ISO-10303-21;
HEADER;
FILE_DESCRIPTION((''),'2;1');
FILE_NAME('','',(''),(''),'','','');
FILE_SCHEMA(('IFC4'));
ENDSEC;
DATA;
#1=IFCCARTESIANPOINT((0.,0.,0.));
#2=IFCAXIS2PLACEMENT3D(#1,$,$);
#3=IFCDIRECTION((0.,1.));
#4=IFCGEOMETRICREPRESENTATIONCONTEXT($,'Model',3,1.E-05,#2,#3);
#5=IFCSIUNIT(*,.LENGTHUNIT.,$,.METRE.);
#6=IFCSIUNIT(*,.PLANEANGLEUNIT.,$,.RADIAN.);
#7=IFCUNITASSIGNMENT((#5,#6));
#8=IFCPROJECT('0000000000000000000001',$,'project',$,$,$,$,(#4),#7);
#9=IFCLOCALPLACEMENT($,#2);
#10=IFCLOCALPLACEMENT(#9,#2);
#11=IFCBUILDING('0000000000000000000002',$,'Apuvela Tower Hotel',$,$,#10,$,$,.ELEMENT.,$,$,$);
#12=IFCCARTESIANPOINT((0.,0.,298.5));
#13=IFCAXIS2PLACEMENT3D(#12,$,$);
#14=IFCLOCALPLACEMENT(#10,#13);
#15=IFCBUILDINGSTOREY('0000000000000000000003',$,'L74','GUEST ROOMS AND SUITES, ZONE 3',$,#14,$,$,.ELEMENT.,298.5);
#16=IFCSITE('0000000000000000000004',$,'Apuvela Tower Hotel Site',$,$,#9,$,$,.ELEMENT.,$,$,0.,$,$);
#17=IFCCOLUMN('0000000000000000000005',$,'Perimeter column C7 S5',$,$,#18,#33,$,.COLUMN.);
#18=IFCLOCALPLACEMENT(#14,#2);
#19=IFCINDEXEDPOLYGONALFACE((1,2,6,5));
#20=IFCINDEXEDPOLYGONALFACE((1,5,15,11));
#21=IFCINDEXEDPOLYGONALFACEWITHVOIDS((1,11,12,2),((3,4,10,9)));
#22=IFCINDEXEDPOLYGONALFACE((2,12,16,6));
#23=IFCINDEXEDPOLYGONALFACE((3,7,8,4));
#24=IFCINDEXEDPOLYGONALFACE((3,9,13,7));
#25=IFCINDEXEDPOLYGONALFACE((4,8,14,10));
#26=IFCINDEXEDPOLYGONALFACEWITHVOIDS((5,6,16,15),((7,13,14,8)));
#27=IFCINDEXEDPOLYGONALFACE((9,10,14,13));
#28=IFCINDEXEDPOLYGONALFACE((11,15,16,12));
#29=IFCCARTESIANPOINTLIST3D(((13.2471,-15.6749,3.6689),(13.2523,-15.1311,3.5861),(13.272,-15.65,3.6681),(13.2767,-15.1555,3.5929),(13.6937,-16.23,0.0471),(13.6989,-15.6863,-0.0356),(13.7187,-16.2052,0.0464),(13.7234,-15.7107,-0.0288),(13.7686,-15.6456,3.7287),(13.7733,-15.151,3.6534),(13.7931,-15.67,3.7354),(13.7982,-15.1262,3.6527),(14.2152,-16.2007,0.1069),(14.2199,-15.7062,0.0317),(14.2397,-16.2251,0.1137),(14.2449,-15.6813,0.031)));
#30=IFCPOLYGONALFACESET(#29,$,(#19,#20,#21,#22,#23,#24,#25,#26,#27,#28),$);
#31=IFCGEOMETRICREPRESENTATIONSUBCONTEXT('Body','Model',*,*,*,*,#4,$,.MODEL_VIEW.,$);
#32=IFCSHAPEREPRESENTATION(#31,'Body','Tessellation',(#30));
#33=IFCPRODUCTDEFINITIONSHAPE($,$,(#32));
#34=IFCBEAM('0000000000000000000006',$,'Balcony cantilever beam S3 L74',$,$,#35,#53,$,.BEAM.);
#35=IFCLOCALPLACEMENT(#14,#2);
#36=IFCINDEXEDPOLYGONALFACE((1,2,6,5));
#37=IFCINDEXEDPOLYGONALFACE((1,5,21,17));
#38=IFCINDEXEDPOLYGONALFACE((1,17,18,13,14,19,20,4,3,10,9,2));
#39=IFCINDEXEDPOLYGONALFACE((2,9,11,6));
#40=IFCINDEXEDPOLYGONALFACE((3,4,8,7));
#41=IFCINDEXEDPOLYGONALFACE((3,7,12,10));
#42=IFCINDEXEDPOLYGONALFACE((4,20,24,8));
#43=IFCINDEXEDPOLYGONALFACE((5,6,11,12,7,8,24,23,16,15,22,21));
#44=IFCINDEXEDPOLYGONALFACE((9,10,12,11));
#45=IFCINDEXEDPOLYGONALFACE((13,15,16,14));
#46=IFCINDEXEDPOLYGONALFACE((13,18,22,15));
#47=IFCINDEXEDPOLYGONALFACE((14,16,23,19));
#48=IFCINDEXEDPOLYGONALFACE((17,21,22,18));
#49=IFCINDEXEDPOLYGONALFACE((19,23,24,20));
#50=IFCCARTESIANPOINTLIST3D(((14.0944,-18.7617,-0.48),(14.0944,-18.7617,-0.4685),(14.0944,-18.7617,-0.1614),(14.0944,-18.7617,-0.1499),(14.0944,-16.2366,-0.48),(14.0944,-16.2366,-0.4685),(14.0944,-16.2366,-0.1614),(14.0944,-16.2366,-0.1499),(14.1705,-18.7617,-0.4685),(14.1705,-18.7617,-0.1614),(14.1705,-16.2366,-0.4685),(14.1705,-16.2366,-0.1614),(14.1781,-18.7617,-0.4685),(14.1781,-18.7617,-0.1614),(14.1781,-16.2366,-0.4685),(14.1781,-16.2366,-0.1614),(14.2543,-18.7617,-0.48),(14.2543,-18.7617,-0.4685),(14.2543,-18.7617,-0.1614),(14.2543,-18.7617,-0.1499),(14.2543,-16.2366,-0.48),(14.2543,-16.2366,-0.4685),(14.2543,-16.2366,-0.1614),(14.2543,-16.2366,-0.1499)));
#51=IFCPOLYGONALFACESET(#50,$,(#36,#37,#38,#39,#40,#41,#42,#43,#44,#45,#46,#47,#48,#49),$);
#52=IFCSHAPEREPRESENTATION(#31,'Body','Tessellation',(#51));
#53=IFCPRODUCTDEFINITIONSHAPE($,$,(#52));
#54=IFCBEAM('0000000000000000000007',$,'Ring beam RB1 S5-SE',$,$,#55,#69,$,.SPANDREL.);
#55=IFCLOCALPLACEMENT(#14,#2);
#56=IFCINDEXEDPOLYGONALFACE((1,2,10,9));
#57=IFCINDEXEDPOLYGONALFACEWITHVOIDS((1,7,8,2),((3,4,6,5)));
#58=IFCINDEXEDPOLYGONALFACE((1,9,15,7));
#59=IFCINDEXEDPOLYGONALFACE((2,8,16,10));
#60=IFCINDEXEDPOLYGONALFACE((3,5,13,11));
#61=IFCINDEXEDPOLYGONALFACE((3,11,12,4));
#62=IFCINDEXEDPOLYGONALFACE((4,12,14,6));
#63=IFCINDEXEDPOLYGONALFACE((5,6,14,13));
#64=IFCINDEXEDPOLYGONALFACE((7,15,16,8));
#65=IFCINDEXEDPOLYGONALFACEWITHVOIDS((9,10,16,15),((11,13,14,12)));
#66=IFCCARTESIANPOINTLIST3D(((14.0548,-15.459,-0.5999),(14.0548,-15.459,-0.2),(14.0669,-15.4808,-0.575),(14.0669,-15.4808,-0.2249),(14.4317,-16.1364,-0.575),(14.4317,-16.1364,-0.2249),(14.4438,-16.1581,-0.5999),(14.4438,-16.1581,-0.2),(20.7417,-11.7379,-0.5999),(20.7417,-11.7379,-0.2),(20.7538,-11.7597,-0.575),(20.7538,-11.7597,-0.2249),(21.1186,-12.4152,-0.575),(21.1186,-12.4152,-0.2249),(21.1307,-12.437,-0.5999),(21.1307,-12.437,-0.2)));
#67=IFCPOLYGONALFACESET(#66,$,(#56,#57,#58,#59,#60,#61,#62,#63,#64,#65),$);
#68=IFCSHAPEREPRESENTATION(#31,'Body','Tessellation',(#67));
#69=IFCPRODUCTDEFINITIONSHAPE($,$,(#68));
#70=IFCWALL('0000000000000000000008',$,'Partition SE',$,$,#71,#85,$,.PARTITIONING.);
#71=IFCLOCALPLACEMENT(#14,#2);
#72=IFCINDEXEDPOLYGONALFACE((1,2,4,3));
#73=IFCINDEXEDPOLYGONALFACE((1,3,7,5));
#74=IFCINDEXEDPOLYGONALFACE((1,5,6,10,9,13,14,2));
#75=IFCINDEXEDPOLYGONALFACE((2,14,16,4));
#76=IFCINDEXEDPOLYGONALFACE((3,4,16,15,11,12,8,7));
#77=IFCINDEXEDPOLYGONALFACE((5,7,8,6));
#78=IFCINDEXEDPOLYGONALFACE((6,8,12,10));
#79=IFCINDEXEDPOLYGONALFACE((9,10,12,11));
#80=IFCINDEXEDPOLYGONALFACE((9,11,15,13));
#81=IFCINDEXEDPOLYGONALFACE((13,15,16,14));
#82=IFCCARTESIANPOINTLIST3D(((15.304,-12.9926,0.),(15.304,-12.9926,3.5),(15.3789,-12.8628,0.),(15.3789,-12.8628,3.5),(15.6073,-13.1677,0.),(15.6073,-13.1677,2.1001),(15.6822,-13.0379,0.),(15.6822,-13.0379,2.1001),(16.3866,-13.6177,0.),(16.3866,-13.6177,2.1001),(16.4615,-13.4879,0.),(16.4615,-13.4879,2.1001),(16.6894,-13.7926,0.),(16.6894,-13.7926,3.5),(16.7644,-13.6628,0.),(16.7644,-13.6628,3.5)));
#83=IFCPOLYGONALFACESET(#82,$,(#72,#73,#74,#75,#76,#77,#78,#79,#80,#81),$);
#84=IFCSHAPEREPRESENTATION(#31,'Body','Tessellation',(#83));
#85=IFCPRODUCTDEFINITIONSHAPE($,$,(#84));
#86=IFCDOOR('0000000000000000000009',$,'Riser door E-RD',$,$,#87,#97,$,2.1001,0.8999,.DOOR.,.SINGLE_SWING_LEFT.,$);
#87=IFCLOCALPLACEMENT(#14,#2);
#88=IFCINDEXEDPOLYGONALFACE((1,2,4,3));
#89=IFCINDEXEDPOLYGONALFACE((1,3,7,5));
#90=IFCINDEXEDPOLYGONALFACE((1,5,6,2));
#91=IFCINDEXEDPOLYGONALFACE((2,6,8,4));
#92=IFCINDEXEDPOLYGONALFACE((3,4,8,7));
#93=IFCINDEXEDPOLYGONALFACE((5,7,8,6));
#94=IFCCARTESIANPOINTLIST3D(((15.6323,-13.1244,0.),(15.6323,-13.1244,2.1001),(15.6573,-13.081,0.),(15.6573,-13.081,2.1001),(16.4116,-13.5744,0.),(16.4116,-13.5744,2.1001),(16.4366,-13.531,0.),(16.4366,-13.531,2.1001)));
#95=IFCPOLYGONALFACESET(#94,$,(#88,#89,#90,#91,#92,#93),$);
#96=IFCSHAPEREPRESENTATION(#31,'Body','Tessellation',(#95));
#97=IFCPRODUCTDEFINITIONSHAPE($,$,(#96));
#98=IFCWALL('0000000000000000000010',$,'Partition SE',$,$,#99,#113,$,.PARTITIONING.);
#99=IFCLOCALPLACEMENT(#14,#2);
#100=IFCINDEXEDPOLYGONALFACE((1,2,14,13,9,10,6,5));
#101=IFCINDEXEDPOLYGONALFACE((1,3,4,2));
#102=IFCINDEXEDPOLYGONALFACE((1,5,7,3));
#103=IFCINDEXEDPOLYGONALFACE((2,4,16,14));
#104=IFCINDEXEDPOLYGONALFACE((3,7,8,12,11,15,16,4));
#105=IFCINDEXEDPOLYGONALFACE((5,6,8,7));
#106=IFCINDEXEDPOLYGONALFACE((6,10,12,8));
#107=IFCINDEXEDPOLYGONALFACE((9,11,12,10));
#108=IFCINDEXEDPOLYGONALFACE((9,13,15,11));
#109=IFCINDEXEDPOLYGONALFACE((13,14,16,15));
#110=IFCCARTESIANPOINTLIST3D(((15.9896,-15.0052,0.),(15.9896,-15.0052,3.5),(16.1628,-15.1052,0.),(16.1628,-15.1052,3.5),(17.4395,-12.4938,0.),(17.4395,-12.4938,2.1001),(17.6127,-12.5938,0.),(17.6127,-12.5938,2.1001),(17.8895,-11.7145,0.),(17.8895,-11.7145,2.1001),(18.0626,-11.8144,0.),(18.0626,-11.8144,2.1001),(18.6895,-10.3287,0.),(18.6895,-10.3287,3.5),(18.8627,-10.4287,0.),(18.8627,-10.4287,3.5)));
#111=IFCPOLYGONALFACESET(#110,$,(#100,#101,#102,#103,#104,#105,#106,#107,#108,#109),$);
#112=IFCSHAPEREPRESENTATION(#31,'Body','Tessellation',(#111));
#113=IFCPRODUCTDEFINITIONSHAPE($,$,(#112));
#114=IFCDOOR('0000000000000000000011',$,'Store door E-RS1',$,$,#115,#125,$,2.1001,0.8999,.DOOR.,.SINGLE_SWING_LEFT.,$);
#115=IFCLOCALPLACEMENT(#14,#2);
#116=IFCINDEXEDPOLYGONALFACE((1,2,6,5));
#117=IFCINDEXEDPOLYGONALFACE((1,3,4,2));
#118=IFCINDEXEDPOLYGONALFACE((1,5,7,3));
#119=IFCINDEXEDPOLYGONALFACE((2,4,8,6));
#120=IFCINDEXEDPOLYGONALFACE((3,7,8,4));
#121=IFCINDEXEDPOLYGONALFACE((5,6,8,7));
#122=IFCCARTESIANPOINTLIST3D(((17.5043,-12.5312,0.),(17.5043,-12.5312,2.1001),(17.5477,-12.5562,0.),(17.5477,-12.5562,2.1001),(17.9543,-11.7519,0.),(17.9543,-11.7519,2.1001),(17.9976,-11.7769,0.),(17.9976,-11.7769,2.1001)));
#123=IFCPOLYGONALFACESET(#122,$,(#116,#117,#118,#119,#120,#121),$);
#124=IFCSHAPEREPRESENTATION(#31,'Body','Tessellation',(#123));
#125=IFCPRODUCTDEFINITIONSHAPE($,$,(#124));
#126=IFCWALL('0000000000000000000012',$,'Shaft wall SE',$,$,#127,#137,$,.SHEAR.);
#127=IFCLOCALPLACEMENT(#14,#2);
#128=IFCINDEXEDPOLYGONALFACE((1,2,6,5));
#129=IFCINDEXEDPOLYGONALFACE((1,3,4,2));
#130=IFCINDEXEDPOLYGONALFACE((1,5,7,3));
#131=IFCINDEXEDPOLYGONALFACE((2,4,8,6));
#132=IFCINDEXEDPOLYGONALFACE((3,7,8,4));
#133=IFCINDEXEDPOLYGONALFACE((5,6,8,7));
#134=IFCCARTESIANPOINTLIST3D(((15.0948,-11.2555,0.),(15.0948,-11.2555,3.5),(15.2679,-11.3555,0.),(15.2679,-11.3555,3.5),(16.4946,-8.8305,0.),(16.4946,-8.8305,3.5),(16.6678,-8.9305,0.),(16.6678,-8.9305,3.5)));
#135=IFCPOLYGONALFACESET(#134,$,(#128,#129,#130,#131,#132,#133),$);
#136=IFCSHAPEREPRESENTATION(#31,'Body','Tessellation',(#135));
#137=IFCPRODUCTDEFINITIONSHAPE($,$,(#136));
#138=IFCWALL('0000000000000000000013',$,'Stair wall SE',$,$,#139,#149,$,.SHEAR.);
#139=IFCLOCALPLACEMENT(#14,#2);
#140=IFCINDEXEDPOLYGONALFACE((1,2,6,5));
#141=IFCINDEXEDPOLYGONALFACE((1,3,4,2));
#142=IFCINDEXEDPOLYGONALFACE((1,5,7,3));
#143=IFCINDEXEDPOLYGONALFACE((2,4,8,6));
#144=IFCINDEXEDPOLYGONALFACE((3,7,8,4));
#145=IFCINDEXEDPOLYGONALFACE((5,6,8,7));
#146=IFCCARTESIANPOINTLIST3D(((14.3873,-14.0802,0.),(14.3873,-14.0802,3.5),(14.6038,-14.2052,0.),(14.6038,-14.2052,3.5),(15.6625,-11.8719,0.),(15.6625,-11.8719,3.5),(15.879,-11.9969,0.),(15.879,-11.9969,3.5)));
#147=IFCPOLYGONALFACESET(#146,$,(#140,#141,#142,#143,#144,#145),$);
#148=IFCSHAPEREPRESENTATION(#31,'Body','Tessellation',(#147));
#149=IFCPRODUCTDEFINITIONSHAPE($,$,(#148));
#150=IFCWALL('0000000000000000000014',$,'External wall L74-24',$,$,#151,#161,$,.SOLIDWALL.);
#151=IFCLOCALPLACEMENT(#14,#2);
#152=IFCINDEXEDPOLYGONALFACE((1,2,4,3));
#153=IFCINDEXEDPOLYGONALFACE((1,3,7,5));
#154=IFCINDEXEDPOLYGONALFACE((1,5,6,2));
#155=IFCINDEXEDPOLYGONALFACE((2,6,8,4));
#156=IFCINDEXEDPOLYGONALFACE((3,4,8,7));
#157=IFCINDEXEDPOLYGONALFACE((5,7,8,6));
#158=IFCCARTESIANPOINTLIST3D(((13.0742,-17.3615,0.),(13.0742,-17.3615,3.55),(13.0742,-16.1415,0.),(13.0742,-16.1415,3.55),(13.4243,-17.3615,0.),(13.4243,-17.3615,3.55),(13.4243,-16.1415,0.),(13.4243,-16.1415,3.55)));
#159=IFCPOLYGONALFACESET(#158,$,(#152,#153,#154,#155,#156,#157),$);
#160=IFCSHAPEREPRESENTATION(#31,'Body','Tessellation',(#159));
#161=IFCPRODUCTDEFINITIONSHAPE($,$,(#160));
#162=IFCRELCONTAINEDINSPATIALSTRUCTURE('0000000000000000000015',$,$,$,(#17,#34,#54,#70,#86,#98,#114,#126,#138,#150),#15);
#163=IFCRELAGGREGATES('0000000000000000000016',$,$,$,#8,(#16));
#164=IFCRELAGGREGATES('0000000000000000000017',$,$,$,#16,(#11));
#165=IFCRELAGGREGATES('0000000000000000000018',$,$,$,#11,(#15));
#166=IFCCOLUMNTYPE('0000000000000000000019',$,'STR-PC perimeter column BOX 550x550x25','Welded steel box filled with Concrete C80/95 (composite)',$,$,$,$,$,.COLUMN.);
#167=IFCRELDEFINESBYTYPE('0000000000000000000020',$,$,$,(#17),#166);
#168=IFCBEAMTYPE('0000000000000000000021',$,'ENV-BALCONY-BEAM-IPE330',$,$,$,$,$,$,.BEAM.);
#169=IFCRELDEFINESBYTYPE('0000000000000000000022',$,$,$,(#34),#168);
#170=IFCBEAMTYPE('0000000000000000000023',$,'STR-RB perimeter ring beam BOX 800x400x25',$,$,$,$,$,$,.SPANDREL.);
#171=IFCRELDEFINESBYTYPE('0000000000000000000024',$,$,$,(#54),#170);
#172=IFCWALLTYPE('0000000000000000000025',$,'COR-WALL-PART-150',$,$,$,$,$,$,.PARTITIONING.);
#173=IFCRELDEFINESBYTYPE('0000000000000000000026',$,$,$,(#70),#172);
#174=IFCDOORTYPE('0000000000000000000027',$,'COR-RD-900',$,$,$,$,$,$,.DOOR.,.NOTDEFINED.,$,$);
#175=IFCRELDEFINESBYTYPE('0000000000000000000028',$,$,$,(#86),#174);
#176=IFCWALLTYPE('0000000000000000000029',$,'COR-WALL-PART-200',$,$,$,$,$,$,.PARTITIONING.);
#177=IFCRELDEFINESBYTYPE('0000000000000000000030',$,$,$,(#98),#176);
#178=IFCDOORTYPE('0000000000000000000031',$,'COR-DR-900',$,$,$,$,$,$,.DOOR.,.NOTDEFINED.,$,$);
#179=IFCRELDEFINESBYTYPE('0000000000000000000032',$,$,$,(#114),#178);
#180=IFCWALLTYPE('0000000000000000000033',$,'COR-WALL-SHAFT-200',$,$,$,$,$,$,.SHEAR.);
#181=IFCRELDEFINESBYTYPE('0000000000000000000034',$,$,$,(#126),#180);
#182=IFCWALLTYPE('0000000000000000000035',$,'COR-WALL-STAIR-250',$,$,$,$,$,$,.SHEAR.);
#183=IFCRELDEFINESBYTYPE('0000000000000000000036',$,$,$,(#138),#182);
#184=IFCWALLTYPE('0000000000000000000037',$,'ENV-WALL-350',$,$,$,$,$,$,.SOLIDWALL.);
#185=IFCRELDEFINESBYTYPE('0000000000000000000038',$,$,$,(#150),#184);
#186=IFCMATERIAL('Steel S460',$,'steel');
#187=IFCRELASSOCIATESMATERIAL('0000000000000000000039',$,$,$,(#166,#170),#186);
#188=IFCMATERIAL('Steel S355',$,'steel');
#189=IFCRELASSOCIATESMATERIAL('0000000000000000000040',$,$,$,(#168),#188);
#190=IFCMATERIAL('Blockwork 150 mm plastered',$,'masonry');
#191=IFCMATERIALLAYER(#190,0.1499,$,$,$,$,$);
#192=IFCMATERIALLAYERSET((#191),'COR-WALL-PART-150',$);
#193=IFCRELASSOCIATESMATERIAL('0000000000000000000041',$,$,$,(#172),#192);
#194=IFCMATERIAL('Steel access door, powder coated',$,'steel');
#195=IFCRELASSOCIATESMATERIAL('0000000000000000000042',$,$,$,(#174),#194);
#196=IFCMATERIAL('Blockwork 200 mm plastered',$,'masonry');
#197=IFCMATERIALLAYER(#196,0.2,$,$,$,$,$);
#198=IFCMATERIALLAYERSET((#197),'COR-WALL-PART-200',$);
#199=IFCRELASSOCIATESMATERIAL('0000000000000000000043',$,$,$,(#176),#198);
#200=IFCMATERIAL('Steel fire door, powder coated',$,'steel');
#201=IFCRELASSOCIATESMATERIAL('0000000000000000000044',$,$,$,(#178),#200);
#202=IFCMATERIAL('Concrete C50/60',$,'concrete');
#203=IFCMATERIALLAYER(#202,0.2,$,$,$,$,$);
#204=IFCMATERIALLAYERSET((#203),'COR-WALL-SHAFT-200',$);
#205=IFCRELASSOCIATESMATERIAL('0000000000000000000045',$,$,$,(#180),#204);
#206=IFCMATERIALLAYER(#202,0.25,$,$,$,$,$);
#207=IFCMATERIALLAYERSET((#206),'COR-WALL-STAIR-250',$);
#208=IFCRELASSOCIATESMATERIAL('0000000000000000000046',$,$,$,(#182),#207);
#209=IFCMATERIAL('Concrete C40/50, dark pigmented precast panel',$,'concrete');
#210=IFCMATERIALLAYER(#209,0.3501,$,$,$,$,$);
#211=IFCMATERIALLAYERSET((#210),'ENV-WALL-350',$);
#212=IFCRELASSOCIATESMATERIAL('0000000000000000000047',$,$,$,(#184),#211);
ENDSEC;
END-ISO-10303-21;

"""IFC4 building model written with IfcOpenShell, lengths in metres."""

from ifc_helpers import new_model, si_unit, direction, frame, frame_2d, origin, origin_2d, place, context, subcontext, project, spatial, rectangle, hollow_rectangle, i_section, extrude, boolean, halfspace, material, layer, layer_set, material_profile, profile_set, type_object, element, fill, save


model = new_model("IFC4")

# Units and contexts
model_context = context("Model", 3, precision=1e-05, world=origin(), true_north=direction((0.0, 1.0)))
body_context = subcontext(model_context, "Body", "Model", "MODEL_VIEW")
ifc_project = project(units=[si_unit("LENGTHUNIT", "METRE"), si_unit("PLANEANGLEUNIT", "RADIAN")], contexts=[model_context])

# Site, building, storey
site_placement = place(None, origin())
site = spatial("IfcSite", under=ifc_project, at=site_placement, Name="Apuvela Tower Hotel Site", CompositionType="ELEMENT", RefElevation=0.0)
building_placement = place(site_placement, origin())
building = spatial("IfcBuilding", under=site, at=building_placement, Name="Apuvela Tower Hotel", CompositionType="ELEMENT")
storey_placement = place(building_placement, frame((0.0, 0.0, 298.5)))
storey = spatial("IfcBuildingStorey", under=building, at=storey_placement, Name="L74", Description="GUEST ROOMS AND SUITES, ZONE 3", CompositionType="ELEMENT", Elevation=298.5)

# Column
ifc_material_1 = material(Name="Steel S460", Category="steel")
ifc_material_2 = material(Name="Concrete C80/95", Category="concrete")
ifc_material_profile_1 = material_profile(ifc_material_1, hollow_rectangle(XDim=0.55, YDim=0.55, WallThickness=0.0249, at=origin_2d()), Name="BOX 550x550x25")
ifc_material_profile_2 = material_profile(ifc_material_2, rectangle(XDim=0.5, YDim=0.5, at=origin_2d()), Name="Concrete C80/95 infill")
ifc_profile_set_1 = profile_set([ifc_material_profile_1, ifc_material_profile_2], Name="Steel S460")
column_type_1 = type_object("IfcColumnType", Name="STR-PC perimeter column BOX 550x550x25", Description="Welded steel box filled with Concrete C80/95 (composite)", PredefinedType="COLUMN", material=ifc_profile_set_1)
column_1_placement = place(storey_placement, frame((13.9741, -15.9617, 0.0), z_axis=(-0.121006, 0.1504, 0.981192), x_axis=(0.992607, 0.00896, 0.121041)))
element("IfcColumn", 1, at=column_1_placement, inside=storey, type_object=column_type_1, Name="Perimeter column C7 S5", PredefinedType="COLUMN", context=body_context, shape_type="SweptSolid", body=[
    boolean("DIFFERENCE", boolean("DIFFERENCE", extrude(hollow_rectangle(XDim=0.55, YDim=0.55, WallThickness=0.0249, at=origin_2d()), origin(), (0.0, 0.0, 1.0), 3.771), halfspace(frame((0.0, 0.0, 0.0398), z_axis=(0.0, 0.0, 1.0), x_axis=(1.0, 0.0, 0.0)), True)), halfspace(frame((0.0, 0.0, 3.731), z_axis=(0.0, 0.0, 1.0), x_axis=(1.0, 0.0, 0.0)), False)),
])

# Beams
ifc_material_3 = material(Name="Steel S355", Category="steel")
ifc_material_profile_3 = material_profile(ifc_material_3, i_section(OverallWidth=0.1599, OverallDepth=0.3301, WebThickness=0.0076, FlangeThickness=0.0115, at=origin_2d()), Name="IPE 330")
ifc_profile_set_2 = profile_set([ifc_material_profile_3], Name="Steel S355")
beam_type_1 = type_object("IfcBeamType", Name="ENV-BALCONY-BEAM-IPE330", PredefinedType="BEAM", material=ifc_profile_set_2)
beam_1_placement = place(storey_placement, frame((14.1743, -16.2366, -0.3149), z_axis=(0.0, -1.0, 0.0), x_axis=(1.0, 0.0, 0.0)))
element("IfcBeam", 2, at=beam_1_placement, inside=storey, type_object=beam_type_1, Name="Balcony cantilever beam S3 L74", PredefinedType="BEAM", context=body_context, shape_type="SweptSolid", body=[
    extrude(i_section(OverallWidth=0.1599, OverallDepth=0.3301, WebThickness=0.0076, FlangeThickness=0.0115, at=origin_2d()), origin(), (0.0, 0.0, 1.0), 2.5251),
])
ifc_material_profile_4 = material_profile(ifc_material_1, hollow_rectangle(XDim=0.8, YDim=0.3999, WallThickness=0.0249, at=origin_2d()), Name="BOX 800x400x25")
ifc_profile_set_3 = profile_set([ifc_material_profile_4], Name="Steel S460")
beam_type_2 = type_object("IfcBeamType", Name="STR-RB perimeter ring beam BOX 800x400x25", PredefinedType="SPANDREL", material=ifc_profile_set_3)
beam_2_placement = place(storey_placement, frame((14.2493, -15.8086, -0.3999), z_axis=(0.873814, 0.48626, 0.0), x_axis=(-0.48626, 0.873814, 0.0)))
element("IfcBeam", 3, at=beam_2_placement, inside=storey, type_object=beam_type_2, Name="Ring beam RB1 S5-SE", PredefinedType="SPANDREL", context=body_context, shape_type="SweptSolid", body=[
    extrude(hollow_rectangle(XDim=0.8, YDim=0.3999, WallThickness=0.0249, at=origin_2d()), origin(), (0.0, 0.0, 1.0), 7.6526),
])

# Walls, openings, doors
ifc_material_4 = material(Name="Blockwork 150 mm plastered", Category="masonry")
ifc_layer_1 = layer(ifc_material_4, 0.1499)
ifc_layer_set_1 = layer_set([ifc_layer_1], Name="COR-WALL-PART-150")
wall_type_1 = type_object("IfcWallType", Name="COR-WALL-PART-150", PredefinedType="PARTITIONING", material=ifc_layer_set_1)
wall_1_placement = place(storey_placement, frame((15.3416, -12.9277, 0.0), z_axis=(0.0, 0.0, 1.0), x_axis=(0.86599, -0.500061, 0.0)))
wall_1 = element("IfcWall", 4, at=wall_1_placement, inside=storey, type_object=wall_type_1, Name="Partition SE", PredefinedType="PARTITIONING", context=body_context, shape_type="SweptSolid", body=[
    extrude(rectangle(XDim=1.5999, YDim=0.1499, at=frame_2d((0.7998, 0.0))), origin(), (0.0, 0.0, 1.0), 3.5),
])
opening_1_placement = place(wall_1_placement, frame((0.3501, 0.0, 0.0)))
opening_1 = element("IfcOpeningElement", 5, at=opening_1_placement, cuts=wall_1, PredefinedType="OPENING", context=body_context, shape_type="SweptSolid", body=[
    extrude(rectangle(XDim=0.8999, YDim=2.1001, at=frame_2d((0.45, 1.05))), frame((0.0, 0.085, 0.0), z_axis=(0.0, -1.0, 0.0), x_axis=(1.0, 0.0, 0.0)), (0.0, 0.0, 1.0), 0.1699),
])
ifc_material_5 = material(Name="Steel access door, powder coated", Category="steel")
door_type_1 = type_object("IfcDoorType", Name="COR-RD-900", OperationType="NOTDEFINED", PredefinedType="DOOR", material=ifc_material_5)
door_1_placement = place(opening_1_placement, frame((0.8999, 0.0, 0.0), z_axis=(0.0, 0.0, 1.0), x_axis=(-1.0, 0.0, 0.0)))
door_1 = element("IfcDoor", 6, at=door_1_placement, inside=storey, type_object=door_type_1, Name="Riser door E-RD", OperationType="SINGLE_SWING_LEFT", OverallHeight=2.1001, OverallWidth=0.8999, PredefinedType="DOOR", context=body_context, shape_type="SweptSolid", body=[
    extrude(rectangle(XDim=0.8999, YDim=2.1001, at=frame_2d((0.45, 1.05))), frame((0.0, 0.0249, 0.0), z_axis=(0.0, -1.0, 0.0), x_axis=(1.0, 0.0, 0.0)), (0.0, 0.0, 1.0), 0.05),
])
fill(opening_1, door_1)
ifc_material_6 = material(Name="Blockwork 200 mm plastered", Category="masonry")
ifc_layer_2 = layer(ifc_material_6, 0.2)
ifc_layer_set_2 = layer_set([ifc_layer_2], Name="COR-WALL-PART-200")
wall_type_2 = type_object("IfcWallType", Name="COR-WALL-PART-200", PredefinedType="PARTITIONING", material=ifc_layer_set_2)
wall_2_placement = place(storey_placement, frame((16.0762, -15.0552, 0.0), z_axis=(0.0, 0.0, 1.0), x_axis=(0.499995, 0.866028, 0.0)))
wall_2 = element("IfcWall", 7, at=wall_2_placement, inside=storey, type_object=wall_type_2, Name="Partition SE", PredefinedType="PARTITIONING", context=body_context, shape_type="SweptSolid", body=[
    extrude(rectangle(XDim=5.3999, YDim=0.2, at=frame_2d((2.7, 0.0))), origin(), (0.0, 0.0, 1.0), 3.5),
])
opening_2_placement = place(wall_2_placement, frame((2.8999, 0.0, 0.0)))
opening_2 = element("IfcOpeningElement", 8, at=opening_2_placement, cuts=wall_2, PredefinedType="OPENING", context=body_context, shape_type="SweptSolid", body=[
    extrude(rectangle(XDim=0.8999, YDim=2.1001, at=frame_2d((0.45, 1.05))), frame((0.0, 0.1099, 0.0), z_axis=(0.0, -1.0, 0.0), x_axis=(1.0, 0.0, 0.0)), (0.0, 0.0, 1.0), 0.22),
])
ifc_material_7 = material(Name="Steel fire door, powder coated", Category="steel")
door_type_2 = type_object("IfcDoorType", Name="COR-DR-900", OperationType="NOTDEFINED", PredefinedType="DOOR", material=ifc_material_7)
door_2_placement = place(opening_2_placement, frame((0.8999, 0.0, 0.0), z_axis=(0.0, 0.0, 1.0), x_axis=(-1.0, 0.0, 0.0)))
door_2 = element("IfcDoor", 9, at=door_2_placement, inside=storey, type_object=door_type_2, Name="Store door E-RS1", OperationType="SINGLE_SWING_LEFT", OverallHeight=2.1001, OverallWidth=0.8999, PredefinedType="DOOR", context=body_context, shape_type="SweptSolid", body=[
    extrude(rectangle(XDim=0.8999, YDim=2.1001, at=frame_2d((0.45, 1.05))), frame((0.0, 0.0249, 0.0), z_axis=(0.0, -1.0, 0.0), x_axis=(1.0, 0.0, 0.0)), (0.0, 0.0, 1.0), 0.05),
])
fill(opening_2, door_2)

# Walls
ifc_material_8 = material(Name="Concrete C50/60", Category="concrete")
ifc_layer_3 = layer(ifc_material_8, 0.2)
ifc_layer_set_3 = layer_set([ifc_layer_3], Name="COR-WALL-SHAFT-200")
wall_type_3 = type_object("IfcWallType", Name="COR-WALL-SHAFT-200", PredefinedType="SHEAR", material=ifc_layer_set_3)
wall_3_placement = place(storey_placement, frame((15.1814, -11.3054, 0.0), z_axis=(0.0, 0.0, 1.0), x_axis=(0.499946, 0.866056, 0.0)))
element("IfcWall", 10, at=wall_3_placement, inside=storey, type_object=wall_type_3, Name="Shaft wall SE", PredefinedType="SHEAR", context=body_context, shape_type="SweptSolid", body=[
    extrude(rectangle(XDim=2.8, YDim=0.2, at=frame_2d((1.3999, 0.0))), origin(), (0.0, 0.0, 1.0), 3.5),
])
ifc_layer_4 = layer(ifc_material_8, 0.25)
ifc_layer_set_4 = layer_set([ifc_layer_4], Name="COR-WALL-STAIR-250")
wall_type_4 = type_object("IfcWallType", Name="COR-WALL-STAIR-250", PredefinedType="SHEAR", material=ifc_layer_set_4)
wall_4_placement = place(storey_placement, frame((14.4956, -14.1426, 0.0), z_axis=(0.0, 0.0, 1.0), x_axis=(0.500062, 0.865989, 0.0)))
element("IfcWall", 11, at=wall_4_placement, inside=storey, type_object=wall_type_4, Name="Stair wall SE", PredefinedType="SHEAR", context=body_context, shape_type="SweptSolid", body=[
    extrude(rectangle(XDim=2.55, YDim=0.25, at=frame_2d((1.2749, 0.0))), origin(), (0.0, 0.0, 1.0), 3.5),
])
ifc_material_9 = material(Name="Concrete C40/50, dark pigmented precast panel", Category="concrete")
ifc_layer_5 = layer(ifc_material_9, 0.3501)
ifc_layer_set_5 = layer_set([ifc_layer_5], Name="ENV-WALL-350")
wall_type_5 = type_object("IfcWallType", Name="ENV-WALL-350", PredefinedType="SOLIDWALL", material=ifc_layer_set_5)
wall_5_placement = place(storey_placement, frame((13.2493, -16.1416, 0.0), z_axis=(0.0, 0.0, 1.0), x_axis=(0.0, -1.0, 0.0)))
element("IfcWall", 12, at=wall_5_placement, inside=storey, type_object=wall_type_5, Name="External wall L74-24", PredefinedType="SOLIDWALL", context=body_context, shape_type="SweptSolid", body=[
    extrude(rectangle(XDim=1.22, YDim=0.3501, at=frame_2d((0.6099, 0.0))), origin(), (0.0, 0.0, 1.0), 3.55),
])

save(model, "model.ifc")
